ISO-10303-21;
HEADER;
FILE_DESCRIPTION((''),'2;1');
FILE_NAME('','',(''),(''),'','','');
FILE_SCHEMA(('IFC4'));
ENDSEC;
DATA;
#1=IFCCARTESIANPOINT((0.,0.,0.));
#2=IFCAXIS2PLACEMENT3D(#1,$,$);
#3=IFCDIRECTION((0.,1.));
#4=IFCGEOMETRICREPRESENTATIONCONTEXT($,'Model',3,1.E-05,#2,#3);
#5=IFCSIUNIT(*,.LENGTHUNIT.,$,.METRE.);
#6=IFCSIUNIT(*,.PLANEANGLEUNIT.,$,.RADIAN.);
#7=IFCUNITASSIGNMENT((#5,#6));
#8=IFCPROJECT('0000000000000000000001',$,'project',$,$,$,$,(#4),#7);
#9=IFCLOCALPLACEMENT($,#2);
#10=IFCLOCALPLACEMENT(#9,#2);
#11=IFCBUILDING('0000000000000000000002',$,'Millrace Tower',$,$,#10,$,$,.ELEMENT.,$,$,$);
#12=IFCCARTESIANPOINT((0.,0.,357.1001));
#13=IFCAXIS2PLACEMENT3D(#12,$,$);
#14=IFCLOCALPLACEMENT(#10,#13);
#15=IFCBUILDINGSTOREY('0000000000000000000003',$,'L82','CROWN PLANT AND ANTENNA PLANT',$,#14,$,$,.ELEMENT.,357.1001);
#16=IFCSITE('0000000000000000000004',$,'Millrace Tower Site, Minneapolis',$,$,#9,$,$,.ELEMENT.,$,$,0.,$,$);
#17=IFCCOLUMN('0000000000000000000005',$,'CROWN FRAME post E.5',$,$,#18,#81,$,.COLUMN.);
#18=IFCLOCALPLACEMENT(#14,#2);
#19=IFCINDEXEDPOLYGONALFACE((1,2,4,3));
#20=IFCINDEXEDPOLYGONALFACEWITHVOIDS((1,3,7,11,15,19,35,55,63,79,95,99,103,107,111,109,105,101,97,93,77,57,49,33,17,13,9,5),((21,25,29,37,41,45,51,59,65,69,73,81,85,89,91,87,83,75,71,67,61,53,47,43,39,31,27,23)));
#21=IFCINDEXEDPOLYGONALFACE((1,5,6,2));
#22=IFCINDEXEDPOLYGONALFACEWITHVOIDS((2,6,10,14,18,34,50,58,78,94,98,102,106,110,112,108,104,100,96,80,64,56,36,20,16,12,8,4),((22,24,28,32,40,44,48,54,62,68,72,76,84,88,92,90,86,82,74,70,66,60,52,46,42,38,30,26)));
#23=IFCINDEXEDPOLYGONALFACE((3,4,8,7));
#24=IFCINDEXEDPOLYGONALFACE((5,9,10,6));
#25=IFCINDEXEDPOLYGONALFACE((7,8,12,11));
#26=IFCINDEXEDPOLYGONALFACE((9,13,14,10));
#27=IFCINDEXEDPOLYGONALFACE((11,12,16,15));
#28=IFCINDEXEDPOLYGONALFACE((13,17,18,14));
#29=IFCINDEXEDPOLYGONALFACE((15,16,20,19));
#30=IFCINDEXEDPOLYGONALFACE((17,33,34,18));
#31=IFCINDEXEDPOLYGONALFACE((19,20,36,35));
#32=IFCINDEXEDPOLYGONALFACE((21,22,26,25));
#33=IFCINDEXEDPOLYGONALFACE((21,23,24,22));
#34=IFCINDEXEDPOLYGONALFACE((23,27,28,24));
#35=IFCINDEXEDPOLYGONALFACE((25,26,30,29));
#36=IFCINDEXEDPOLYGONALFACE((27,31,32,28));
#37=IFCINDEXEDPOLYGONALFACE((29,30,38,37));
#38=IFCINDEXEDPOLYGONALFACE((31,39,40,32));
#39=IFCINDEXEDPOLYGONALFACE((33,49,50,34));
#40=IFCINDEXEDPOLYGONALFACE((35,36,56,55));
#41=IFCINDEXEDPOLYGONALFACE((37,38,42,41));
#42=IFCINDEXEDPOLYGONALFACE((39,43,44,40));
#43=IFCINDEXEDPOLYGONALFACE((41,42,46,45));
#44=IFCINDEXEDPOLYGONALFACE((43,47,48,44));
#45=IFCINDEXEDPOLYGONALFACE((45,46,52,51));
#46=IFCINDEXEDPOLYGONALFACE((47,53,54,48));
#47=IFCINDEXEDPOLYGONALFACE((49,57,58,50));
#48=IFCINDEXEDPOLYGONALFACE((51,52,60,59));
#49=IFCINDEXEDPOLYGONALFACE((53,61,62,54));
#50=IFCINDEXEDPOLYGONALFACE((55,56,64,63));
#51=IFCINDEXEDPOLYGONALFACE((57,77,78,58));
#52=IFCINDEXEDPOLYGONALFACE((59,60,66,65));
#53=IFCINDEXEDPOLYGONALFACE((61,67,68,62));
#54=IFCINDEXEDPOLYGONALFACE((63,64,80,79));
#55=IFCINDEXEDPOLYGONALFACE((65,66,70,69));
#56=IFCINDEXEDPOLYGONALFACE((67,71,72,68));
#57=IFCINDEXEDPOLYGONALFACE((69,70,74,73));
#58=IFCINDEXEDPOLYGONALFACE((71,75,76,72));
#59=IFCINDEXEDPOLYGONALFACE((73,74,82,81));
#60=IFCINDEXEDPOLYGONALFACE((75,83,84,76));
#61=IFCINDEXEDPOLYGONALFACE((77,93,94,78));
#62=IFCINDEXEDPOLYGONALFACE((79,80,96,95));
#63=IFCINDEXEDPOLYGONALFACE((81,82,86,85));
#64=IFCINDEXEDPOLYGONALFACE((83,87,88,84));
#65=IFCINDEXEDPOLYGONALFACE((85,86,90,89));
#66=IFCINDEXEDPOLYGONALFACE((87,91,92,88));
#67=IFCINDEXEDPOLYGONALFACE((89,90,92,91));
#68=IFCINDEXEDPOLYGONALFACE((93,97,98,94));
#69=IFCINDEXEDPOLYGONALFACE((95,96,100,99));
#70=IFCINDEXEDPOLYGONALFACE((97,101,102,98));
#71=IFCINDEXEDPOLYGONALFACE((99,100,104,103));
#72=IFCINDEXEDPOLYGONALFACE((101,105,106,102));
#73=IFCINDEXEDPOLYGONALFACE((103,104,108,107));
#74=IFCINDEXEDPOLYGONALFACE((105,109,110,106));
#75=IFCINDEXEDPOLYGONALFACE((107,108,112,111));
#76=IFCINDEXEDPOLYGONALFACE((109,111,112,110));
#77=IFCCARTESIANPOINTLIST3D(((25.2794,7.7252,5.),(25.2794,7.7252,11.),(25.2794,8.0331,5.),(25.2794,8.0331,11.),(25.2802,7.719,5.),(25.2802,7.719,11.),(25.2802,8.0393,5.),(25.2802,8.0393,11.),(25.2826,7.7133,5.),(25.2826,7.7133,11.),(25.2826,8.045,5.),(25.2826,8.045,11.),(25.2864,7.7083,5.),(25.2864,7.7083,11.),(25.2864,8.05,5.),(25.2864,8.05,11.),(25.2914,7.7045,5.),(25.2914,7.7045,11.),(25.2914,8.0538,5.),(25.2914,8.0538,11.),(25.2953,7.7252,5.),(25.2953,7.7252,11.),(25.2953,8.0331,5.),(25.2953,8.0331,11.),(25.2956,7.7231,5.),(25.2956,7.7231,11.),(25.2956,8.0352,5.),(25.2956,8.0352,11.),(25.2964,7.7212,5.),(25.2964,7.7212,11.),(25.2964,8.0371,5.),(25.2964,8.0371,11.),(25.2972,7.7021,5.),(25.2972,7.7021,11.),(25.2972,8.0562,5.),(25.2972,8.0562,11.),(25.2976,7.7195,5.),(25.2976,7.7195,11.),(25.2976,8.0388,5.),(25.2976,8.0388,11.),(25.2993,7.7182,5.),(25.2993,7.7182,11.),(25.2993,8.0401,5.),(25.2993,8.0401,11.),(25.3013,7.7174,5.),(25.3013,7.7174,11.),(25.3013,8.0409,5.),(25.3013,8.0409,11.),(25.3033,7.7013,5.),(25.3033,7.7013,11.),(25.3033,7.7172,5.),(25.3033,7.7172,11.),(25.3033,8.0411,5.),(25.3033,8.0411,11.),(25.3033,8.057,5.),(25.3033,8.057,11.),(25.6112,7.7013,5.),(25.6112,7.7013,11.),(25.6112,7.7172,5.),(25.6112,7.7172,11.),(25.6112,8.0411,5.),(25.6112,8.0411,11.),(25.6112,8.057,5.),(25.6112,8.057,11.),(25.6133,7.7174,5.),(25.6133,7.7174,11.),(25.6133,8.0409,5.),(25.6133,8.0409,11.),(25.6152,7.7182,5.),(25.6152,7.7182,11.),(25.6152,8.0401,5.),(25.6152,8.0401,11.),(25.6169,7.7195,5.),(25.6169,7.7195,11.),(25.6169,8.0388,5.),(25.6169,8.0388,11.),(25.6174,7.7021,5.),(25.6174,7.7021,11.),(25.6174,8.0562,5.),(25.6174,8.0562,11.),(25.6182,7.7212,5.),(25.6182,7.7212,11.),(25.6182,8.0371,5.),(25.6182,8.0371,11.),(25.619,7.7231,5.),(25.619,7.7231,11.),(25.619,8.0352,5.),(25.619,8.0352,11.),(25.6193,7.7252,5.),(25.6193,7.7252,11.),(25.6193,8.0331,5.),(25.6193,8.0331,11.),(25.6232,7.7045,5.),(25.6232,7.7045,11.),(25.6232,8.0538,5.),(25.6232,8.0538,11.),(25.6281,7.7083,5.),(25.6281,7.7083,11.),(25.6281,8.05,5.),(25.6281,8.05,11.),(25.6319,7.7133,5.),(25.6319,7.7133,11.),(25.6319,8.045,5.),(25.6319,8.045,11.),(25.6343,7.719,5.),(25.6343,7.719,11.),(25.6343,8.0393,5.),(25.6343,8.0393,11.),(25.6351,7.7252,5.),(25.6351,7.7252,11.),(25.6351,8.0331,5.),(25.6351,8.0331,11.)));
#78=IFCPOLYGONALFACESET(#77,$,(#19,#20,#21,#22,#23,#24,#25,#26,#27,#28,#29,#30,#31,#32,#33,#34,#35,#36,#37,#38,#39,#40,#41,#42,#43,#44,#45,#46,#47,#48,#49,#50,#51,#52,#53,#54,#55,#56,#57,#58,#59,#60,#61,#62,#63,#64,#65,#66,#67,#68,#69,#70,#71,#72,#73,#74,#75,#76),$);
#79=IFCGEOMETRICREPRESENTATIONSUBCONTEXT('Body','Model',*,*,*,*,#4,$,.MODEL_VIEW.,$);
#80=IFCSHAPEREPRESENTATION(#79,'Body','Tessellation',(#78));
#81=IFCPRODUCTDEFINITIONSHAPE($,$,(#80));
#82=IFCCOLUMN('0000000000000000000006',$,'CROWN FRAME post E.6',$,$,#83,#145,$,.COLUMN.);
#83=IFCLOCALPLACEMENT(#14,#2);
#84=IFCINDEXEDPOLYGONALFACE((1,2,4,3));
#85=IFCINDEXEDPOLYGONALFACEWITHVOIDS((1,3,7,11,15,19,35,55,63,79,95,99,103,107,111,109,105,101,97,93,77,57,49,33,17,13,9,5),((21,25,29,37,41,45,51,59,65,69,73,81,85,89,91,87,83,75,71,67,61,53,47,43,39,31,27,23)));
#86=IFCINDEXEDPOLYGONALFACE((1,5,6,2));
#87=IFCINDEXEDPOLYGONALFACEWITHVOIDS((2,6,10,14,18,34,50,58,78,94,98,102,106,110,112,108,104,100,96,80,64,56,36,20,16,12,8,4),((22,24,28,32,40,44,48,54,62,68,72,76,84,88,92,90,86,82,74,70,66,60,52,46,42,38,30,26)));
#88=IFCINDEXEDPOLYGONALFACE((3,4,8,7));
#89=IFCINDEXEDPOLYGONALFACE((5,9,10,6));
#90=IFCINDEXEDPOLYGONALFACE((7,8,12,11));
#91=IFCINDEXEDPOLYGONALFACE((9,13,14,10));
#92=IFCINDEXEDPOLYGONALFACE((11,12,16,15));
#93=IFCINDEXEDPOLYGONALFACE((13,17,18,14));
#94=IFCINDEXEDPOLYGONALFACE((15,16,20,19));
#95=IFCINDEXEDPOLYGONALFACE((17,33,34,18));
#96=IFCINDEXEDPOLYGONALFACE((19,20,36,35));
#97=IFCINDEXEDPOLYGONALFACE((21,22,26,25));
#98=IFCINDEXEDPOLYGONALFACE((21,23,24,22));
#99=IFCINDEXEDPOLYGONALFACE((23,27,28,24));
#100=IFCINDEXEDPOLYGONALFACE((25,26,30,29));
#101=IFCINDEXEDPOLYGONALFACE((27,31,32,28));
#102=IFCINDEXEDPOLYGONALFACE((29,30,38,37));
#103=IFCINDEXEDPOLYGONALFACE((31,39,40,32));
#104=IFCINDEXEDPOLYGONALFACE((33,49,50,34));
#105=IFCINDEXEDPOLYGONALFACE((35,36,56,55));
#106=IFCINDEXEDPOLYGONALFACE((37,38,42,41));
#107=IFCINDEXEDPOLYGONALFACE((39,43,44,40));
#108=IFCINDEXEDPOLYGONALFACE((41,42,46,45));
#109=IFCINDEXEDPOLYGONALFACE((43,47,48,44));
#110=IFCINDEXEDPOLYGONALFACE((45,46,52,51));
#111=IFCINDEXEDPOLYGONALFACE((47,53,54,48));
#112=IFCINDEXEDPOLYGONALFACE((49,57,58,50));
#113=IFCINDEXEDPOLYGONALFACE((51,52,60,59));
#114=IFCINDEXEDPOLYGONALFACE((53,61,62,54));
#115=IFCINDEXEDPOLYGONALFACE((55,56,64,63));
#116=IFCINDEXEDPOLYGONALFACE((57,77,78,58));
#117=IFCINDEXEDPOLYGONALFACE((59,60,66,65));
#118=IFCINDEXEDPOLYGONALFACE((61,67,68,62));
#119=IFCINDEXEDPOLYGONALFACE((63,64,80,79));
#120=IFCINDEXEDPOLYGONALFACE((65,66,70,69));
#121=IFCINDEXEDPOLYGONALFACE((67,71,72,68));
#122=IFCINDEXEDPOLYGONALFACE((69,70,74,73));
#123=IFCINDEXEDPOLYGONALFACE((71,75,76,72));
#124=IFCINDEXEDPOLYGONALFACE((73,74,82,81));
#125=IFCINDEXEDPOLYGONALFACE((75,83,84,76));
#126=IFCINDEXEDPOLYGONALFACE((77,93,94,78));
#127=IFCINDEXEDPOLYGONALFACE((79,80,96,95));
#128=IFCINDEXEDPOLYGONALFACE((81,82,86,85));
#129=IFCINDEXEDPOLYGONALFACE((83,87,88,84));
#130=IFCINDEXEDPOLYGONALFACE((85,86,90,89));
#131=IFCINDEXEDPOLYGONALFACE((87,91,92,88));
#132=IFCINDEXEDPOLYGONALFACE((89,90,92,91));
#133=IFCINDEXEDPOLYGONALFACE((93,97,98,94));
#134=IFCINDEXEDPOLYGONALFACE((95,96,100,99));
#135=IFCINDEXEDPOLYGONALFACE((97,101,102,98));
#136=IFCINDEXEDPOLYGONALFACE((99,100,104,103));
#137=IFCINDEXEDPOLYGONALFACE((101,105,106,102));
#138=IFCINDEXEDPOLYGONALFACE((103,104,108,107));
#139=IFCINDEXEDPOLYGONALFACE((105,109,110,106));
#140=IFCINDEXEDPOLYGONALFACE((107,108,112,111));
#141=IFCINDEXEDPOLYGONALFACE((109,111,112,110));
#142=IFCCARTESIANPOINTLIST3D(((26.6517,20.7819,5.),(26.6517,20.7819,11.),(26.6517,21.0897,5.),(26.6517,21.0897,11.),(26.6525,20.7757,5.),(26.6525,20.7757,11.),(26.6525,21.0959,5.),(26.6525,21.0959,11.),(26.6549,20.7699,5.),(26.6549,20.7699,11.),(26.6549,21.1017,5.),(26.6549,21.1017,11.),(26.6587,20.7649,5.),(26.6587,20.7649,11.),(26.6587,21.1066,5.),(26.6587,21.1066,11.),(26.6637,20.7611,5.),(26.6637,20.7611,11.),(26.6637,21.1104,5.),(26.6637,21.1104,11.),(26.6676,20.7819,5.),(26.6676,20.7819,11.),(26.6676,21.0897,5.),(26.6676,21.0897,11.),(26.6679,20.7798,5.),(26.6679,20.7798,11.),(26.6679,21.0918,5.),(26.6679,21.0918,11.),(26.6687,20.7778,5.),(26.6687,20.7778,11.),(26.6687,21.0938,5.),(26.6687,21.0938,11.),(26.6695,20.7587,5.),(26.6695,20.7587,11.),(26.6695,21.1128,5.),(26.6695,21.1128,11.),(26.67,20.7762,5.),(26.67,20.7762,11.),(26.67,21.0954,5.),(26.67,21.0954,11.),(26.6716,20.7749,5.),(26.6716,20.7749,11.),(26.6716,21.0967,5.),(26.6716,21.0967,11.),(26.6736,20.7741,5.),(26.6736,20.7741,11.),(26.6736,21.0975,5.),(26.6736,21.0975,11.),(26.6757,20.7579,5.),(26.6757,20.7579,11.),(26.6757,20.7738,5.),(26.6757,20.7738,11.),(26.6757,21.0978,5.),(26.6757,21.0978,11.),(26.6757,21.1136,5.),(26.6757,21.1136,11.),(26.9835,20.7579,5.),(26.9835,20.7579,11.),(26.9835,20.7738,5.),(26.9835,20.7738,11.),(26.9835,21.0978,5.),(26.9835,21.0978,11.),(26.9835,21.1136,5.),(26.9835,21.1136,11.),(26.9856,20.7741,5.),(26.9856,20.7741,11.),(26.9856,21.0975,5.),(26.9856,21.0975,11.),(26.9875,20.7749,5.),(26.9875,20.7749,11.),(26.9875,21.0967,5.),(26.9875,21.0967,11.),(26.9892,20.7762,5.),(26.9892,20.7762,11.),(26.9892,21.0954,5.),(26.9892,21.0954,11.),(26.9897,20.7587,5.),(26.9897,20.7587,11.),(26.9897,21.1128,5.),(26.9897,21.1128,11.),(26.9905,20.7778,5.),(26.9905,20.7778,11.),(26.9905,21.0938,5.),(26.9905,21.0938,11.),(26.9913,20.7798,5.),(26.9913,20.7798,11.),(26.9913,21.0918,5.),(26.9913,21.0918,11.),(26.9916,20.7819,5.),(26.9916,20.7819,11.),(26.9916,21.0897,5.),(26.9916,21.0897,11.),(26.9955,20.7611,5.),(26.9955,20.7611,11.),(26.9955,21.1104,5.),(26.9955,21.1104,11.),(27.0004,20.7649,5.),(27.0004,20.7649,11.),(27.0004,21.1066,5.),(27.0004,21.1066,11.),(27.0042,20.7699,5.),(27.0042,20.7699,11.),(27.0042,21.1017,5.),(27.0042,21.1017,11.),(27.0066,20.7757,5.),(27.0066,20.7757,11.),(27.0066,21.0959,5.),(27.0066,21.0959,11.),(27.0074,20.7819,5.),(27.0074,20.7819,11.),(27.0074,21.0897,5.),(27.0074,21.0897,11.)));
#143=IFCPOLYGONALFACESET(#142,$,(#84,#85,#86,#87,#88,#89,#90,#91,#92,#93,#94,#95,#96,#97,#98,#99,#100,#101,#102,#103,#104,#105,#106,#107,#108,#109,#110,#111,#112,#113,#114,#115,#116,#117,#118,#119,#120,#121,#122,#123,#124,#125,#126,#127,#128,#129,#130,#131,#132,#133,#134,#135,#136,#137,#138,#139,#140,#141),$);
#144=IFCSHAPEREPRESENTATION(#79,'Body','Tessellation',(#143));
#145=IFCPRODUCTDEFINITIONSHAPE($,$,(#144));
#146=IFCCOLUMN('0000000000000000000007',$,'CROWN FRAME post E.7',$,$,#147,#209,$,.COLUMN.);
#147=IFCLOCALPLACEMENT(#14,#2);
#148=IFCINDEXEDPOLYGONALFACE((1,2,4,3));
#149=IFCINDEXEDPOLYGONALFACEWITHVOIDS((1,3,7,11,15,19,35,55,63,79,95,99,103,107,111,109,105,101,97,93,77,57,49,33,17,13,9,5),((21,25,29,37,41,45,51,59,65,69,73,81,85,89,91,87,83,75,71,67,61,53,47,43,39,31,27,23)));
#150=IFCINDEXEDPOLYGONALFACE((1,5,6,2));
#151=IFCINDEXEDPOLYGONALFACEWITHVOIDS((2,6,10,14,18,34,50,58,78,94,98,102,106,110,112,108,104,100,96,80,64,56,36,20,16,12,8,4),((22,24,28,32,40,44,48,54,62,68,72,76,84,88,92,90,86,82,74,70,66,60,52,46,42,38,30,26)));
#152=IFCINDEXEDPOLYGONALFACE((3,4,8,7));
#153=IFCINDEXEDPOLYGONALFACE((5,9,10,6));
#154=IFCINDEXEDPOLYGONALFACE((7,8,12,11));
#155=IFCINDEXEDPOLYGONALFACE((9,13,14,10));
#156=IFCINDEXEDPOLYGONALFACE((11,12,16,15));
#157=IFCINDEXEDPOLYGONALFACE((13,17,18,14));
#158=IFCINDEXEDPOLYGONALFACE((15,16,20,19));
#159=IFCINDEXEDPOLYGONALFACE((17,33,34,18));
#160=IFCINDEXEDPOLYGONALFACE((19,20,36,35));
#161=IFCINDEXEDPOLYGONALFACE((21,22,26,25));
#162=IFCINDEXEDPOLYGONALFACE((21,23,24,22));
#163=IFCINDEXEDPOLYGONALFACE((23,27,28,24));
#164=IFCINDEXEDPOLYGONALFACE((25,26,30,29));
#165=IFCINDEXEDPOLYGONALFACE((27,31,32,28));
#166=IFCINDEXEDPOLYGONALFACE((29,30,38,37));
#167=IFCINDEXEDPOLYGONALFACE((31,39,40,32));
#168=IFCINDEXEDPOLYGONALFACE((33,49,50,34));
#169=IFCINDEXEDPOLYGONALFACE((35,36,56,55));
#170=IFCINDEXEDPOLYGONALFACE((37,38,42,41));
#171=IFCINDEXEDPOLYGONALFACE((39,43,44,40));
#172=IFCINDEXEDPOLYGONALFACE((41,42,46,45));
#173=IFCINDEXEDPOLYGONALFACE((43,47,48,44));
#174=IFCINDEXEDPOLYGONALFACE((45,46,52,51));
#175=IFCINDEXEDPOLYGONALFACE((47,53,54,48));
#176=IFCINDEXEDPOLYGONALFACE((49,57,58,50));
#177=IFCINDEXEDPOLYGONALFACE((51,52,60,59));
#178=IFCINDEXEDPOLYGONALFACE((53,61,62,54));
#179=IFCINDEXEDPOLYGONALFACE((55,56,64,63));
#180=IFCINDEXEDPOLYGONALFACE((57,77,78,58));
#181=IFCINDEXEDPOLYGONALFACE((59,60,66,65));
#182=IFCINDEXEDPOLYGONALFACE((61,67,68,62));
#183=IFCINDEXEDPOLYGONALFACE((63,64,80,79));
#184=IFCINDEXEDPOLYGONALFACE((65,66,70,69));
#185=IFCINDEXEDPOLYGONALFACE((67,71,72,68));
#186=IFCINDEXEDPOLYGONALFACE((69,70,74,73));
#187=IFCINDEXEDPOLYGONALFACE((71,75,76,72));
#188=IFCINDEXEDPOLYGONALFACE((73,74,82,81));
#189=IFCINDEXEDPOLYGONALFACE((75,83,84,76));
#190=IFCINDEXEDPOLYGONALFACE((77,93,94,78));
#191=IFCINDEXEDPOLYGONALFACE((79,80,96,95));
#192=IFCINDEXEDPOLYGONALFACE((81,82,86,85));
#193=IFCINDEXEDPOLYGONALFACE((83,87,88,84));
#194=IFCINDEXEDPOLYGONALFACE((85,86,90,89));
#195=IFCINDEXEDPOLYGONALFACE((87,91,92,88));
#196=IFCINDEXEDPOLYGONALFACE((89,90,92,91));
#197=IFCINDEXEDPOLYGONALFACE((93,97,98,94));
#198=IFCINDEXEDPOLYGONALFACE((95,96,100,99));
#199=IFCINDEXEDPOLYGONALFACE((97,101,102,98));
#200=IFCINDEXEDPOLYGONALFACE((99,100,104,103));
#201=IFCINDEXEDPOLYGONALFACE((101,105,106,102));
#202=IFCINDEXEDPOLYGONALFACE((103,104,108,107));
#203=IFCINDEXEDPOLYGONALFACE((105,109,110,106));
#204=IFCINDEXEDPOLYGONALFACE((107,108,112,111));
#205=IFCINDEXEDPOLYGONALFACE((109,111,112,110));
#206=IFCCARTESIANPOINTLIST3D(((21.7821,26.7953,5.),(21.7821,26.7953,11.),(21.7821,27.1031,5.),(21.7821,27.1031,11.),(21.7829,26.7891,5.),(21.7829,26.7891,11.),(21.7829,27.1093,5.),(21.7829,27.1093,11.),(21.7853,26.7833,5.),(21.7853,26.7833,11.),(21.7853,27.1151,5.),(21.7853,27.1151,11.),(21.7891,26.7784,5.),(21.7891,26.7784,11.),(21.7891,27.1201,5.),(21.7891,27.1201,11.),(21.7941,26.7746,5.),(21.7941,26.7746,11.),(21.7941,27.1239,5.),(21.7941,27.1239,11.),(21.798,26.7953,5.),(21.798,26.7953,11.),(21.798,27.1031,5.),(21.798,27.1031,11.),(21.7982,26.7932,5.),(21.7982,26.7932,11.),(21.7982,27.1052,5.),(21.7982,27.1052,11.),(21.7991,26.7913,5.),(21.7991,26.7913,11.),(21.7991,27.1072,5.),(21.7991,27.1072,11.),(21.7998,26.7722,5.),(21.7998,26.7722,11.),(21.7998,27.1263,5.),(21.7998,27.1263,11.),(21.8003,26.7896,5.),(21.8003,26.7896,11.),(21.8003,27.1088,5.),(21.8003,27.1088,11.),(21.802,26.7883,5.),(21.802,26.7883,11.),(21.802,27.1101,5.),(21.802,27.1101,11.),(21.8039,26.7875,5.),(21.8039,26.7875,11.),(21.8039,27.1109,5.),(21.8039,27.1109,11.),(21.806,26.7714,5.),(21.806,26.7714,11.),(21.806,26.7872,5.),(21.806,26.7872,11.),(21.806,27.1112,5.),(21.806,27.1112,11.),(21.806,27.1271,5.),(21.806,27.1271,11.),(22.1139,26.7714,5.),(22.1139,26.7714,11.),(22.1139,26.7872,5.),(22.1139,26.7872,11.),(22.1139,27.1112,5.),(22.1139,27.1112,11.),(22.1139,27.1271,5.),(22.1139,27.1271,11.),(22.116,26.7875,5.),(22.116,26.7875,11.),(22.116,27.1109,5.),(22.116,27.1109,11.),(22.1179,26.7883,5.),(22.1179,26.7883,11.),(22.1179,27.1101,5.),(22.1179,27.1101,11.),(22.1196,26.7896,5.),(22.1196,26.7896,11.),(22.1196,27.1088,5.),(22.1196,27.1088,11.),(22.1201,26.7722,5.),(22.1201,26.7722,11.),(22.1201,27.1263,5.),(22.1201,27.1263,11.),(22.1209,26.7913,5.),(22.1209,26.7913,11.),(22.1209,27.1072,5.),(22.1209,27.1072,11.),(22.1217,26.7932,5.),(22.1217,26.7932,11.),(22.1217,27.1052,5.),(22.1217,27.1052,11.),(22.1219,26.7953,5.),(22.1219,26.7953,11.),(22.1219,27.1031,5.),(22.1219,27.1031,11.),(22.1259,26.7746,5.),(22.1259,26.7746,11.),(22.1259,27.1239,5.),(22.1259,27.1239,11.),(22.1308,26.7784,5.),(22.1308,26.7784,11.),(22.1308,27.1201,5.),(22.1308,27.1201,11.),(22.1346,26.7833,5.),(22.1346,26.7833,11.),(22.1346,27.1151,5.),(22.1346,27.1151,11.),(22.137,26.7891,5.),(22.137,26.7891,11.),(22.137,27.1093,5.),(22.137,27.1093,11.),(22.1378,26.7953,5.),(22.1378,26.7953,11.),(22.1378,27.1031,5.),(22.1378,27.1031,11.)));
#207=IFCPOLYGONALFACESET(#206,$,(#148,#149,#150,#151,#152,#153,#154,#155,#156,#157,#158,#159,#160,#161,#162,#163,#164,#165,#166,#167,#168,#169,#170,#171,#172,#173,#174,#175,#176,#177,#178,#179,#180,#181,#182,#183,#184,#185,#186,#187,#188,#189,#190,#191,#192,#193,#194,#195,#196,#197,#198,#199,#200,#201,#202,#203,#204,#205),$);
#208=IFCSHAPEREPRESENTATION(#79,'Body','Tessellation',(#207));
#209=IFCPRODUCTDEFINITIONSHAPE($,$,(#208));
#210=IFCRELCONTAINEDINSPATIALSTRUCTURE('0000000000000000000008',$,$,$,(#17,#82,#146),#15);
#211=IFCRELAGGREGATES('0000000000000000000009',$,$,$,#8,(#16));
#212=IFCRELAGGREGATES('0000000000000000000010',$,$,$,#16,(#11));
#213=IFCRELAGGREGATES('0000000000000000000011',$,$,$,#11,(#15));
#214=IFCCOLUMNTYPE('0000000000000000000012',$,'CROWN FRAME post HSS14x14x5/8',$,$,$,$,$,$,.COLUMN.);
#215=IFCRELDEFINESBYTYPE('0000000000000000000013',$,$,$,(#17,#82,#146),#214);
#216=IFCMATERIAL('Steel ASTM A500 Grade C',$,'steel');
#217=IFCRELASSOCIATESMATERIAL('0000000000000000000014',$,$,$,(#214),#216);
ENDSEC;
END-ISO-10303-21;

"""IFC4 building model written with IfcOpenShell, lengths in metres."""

from ifc_helpers import new_model, si_unit, direction, frame, origin, origin_2d, place, context, subcontext, project, spatial, hollow_rectangle, extrude, material, material_profile, profile_set, type_object, element, save


model = new_model("IFC4")

# Units and contexts
model_context = context("Model", 3, precision=1e-05, world=origin(), true_north=direction((0.0, 1.0)))
body_context = subcontext(model_context, "Body", "Model", "MODEL_VIEW")
ifc_project = project(units=[si_unit("LENGTHUNIT", "METRE"), si_unit("PLANEANGLEUNIT", "RADIAN")], contexts=[model_context])

# Site, building, storey
site_placement = place(None, origin())
site = spatial("IfcSite", under=ifc_project, at=site_placement, Name="Millrace Tower Site, Minneapolis", CompositionType="ELEMENT", RefElevation=0.0)
building_placement = place(site_placement, origin())
building = spatial("IfcBuilding", under=site, at=building_placement, Name="Millrace Tower", CompositionType="ELEMENT")
storey_placement = place(building_placement, frame((0.0, 0.0, 357.1001)))
storey = spatial("IfcBuildingStorey", under=building, at=storey_placement, Name="L82", Description="CROWN PLANT AND ANTENNA PLANT", CompositionType="ELEMENT", Elevation=357.1001)

# Columns
ifc_material_1 = material(Name="Steel ASTM A500 Grade C", Category="steel")
ifc_material_profile_1 = material_profile(ifc_material_1, hollow_rectangle(XDim=0.3557, YDim=0.3557, WallThickness=0.0159, InnerFilletRadius=0.0081, OuterFilletRadius=0.0239, at=origin_2d()))
ifc_profile_set_1 = profile_set([ifc_material_profile_1], Name="Steel ASTM A500 Grade C")
column_type = type_object("IfcColumnType", Name="CROWN FRAME post HSS14x14x5/8", PredefinedType="COLUMN", material=ifc_profile_set_1)
for number, where, z_axis, x_axis, name in (
    (1, (25.4573, 7.8792, 5.0), (0.0, 0.0, 1.0), (1.0, 0.0, 0.0), "CROWN FRAME post E.5"),
    (2, (26.8296, 20.9358, 5.0), (0.0, 0.0, 1.0), (1.0, 0.0, 0.0), "CROWN FRAME post E.6"),
    (3, (21.96, 26.9492, 5.0), (0.0, 0.0, 1.0), (1.0, 0.0, 0.0), "CROWN FRAME post E.7"),
):
    element("IfcColumn", number, at=place(storey_placement, frame(where, z_axis=z_axis, x_axis=x_axis)), inside=storey, type_object=column_type, Name=name, PredefinedType="COLUMN", context=body_context, shape_type="SweptSolid", body=[
        extrude(hollow_rectangle(XDim=0.3557, YDim=0.3557, WallThickness=0.0159, InnerFilletRadius=0.0081, OuterFilletRadius=0.0239, at=origin_2d()), origin(), (0.0, 0.0, 1.0), 6.0),
    ])

save(model, "model.ifc")
